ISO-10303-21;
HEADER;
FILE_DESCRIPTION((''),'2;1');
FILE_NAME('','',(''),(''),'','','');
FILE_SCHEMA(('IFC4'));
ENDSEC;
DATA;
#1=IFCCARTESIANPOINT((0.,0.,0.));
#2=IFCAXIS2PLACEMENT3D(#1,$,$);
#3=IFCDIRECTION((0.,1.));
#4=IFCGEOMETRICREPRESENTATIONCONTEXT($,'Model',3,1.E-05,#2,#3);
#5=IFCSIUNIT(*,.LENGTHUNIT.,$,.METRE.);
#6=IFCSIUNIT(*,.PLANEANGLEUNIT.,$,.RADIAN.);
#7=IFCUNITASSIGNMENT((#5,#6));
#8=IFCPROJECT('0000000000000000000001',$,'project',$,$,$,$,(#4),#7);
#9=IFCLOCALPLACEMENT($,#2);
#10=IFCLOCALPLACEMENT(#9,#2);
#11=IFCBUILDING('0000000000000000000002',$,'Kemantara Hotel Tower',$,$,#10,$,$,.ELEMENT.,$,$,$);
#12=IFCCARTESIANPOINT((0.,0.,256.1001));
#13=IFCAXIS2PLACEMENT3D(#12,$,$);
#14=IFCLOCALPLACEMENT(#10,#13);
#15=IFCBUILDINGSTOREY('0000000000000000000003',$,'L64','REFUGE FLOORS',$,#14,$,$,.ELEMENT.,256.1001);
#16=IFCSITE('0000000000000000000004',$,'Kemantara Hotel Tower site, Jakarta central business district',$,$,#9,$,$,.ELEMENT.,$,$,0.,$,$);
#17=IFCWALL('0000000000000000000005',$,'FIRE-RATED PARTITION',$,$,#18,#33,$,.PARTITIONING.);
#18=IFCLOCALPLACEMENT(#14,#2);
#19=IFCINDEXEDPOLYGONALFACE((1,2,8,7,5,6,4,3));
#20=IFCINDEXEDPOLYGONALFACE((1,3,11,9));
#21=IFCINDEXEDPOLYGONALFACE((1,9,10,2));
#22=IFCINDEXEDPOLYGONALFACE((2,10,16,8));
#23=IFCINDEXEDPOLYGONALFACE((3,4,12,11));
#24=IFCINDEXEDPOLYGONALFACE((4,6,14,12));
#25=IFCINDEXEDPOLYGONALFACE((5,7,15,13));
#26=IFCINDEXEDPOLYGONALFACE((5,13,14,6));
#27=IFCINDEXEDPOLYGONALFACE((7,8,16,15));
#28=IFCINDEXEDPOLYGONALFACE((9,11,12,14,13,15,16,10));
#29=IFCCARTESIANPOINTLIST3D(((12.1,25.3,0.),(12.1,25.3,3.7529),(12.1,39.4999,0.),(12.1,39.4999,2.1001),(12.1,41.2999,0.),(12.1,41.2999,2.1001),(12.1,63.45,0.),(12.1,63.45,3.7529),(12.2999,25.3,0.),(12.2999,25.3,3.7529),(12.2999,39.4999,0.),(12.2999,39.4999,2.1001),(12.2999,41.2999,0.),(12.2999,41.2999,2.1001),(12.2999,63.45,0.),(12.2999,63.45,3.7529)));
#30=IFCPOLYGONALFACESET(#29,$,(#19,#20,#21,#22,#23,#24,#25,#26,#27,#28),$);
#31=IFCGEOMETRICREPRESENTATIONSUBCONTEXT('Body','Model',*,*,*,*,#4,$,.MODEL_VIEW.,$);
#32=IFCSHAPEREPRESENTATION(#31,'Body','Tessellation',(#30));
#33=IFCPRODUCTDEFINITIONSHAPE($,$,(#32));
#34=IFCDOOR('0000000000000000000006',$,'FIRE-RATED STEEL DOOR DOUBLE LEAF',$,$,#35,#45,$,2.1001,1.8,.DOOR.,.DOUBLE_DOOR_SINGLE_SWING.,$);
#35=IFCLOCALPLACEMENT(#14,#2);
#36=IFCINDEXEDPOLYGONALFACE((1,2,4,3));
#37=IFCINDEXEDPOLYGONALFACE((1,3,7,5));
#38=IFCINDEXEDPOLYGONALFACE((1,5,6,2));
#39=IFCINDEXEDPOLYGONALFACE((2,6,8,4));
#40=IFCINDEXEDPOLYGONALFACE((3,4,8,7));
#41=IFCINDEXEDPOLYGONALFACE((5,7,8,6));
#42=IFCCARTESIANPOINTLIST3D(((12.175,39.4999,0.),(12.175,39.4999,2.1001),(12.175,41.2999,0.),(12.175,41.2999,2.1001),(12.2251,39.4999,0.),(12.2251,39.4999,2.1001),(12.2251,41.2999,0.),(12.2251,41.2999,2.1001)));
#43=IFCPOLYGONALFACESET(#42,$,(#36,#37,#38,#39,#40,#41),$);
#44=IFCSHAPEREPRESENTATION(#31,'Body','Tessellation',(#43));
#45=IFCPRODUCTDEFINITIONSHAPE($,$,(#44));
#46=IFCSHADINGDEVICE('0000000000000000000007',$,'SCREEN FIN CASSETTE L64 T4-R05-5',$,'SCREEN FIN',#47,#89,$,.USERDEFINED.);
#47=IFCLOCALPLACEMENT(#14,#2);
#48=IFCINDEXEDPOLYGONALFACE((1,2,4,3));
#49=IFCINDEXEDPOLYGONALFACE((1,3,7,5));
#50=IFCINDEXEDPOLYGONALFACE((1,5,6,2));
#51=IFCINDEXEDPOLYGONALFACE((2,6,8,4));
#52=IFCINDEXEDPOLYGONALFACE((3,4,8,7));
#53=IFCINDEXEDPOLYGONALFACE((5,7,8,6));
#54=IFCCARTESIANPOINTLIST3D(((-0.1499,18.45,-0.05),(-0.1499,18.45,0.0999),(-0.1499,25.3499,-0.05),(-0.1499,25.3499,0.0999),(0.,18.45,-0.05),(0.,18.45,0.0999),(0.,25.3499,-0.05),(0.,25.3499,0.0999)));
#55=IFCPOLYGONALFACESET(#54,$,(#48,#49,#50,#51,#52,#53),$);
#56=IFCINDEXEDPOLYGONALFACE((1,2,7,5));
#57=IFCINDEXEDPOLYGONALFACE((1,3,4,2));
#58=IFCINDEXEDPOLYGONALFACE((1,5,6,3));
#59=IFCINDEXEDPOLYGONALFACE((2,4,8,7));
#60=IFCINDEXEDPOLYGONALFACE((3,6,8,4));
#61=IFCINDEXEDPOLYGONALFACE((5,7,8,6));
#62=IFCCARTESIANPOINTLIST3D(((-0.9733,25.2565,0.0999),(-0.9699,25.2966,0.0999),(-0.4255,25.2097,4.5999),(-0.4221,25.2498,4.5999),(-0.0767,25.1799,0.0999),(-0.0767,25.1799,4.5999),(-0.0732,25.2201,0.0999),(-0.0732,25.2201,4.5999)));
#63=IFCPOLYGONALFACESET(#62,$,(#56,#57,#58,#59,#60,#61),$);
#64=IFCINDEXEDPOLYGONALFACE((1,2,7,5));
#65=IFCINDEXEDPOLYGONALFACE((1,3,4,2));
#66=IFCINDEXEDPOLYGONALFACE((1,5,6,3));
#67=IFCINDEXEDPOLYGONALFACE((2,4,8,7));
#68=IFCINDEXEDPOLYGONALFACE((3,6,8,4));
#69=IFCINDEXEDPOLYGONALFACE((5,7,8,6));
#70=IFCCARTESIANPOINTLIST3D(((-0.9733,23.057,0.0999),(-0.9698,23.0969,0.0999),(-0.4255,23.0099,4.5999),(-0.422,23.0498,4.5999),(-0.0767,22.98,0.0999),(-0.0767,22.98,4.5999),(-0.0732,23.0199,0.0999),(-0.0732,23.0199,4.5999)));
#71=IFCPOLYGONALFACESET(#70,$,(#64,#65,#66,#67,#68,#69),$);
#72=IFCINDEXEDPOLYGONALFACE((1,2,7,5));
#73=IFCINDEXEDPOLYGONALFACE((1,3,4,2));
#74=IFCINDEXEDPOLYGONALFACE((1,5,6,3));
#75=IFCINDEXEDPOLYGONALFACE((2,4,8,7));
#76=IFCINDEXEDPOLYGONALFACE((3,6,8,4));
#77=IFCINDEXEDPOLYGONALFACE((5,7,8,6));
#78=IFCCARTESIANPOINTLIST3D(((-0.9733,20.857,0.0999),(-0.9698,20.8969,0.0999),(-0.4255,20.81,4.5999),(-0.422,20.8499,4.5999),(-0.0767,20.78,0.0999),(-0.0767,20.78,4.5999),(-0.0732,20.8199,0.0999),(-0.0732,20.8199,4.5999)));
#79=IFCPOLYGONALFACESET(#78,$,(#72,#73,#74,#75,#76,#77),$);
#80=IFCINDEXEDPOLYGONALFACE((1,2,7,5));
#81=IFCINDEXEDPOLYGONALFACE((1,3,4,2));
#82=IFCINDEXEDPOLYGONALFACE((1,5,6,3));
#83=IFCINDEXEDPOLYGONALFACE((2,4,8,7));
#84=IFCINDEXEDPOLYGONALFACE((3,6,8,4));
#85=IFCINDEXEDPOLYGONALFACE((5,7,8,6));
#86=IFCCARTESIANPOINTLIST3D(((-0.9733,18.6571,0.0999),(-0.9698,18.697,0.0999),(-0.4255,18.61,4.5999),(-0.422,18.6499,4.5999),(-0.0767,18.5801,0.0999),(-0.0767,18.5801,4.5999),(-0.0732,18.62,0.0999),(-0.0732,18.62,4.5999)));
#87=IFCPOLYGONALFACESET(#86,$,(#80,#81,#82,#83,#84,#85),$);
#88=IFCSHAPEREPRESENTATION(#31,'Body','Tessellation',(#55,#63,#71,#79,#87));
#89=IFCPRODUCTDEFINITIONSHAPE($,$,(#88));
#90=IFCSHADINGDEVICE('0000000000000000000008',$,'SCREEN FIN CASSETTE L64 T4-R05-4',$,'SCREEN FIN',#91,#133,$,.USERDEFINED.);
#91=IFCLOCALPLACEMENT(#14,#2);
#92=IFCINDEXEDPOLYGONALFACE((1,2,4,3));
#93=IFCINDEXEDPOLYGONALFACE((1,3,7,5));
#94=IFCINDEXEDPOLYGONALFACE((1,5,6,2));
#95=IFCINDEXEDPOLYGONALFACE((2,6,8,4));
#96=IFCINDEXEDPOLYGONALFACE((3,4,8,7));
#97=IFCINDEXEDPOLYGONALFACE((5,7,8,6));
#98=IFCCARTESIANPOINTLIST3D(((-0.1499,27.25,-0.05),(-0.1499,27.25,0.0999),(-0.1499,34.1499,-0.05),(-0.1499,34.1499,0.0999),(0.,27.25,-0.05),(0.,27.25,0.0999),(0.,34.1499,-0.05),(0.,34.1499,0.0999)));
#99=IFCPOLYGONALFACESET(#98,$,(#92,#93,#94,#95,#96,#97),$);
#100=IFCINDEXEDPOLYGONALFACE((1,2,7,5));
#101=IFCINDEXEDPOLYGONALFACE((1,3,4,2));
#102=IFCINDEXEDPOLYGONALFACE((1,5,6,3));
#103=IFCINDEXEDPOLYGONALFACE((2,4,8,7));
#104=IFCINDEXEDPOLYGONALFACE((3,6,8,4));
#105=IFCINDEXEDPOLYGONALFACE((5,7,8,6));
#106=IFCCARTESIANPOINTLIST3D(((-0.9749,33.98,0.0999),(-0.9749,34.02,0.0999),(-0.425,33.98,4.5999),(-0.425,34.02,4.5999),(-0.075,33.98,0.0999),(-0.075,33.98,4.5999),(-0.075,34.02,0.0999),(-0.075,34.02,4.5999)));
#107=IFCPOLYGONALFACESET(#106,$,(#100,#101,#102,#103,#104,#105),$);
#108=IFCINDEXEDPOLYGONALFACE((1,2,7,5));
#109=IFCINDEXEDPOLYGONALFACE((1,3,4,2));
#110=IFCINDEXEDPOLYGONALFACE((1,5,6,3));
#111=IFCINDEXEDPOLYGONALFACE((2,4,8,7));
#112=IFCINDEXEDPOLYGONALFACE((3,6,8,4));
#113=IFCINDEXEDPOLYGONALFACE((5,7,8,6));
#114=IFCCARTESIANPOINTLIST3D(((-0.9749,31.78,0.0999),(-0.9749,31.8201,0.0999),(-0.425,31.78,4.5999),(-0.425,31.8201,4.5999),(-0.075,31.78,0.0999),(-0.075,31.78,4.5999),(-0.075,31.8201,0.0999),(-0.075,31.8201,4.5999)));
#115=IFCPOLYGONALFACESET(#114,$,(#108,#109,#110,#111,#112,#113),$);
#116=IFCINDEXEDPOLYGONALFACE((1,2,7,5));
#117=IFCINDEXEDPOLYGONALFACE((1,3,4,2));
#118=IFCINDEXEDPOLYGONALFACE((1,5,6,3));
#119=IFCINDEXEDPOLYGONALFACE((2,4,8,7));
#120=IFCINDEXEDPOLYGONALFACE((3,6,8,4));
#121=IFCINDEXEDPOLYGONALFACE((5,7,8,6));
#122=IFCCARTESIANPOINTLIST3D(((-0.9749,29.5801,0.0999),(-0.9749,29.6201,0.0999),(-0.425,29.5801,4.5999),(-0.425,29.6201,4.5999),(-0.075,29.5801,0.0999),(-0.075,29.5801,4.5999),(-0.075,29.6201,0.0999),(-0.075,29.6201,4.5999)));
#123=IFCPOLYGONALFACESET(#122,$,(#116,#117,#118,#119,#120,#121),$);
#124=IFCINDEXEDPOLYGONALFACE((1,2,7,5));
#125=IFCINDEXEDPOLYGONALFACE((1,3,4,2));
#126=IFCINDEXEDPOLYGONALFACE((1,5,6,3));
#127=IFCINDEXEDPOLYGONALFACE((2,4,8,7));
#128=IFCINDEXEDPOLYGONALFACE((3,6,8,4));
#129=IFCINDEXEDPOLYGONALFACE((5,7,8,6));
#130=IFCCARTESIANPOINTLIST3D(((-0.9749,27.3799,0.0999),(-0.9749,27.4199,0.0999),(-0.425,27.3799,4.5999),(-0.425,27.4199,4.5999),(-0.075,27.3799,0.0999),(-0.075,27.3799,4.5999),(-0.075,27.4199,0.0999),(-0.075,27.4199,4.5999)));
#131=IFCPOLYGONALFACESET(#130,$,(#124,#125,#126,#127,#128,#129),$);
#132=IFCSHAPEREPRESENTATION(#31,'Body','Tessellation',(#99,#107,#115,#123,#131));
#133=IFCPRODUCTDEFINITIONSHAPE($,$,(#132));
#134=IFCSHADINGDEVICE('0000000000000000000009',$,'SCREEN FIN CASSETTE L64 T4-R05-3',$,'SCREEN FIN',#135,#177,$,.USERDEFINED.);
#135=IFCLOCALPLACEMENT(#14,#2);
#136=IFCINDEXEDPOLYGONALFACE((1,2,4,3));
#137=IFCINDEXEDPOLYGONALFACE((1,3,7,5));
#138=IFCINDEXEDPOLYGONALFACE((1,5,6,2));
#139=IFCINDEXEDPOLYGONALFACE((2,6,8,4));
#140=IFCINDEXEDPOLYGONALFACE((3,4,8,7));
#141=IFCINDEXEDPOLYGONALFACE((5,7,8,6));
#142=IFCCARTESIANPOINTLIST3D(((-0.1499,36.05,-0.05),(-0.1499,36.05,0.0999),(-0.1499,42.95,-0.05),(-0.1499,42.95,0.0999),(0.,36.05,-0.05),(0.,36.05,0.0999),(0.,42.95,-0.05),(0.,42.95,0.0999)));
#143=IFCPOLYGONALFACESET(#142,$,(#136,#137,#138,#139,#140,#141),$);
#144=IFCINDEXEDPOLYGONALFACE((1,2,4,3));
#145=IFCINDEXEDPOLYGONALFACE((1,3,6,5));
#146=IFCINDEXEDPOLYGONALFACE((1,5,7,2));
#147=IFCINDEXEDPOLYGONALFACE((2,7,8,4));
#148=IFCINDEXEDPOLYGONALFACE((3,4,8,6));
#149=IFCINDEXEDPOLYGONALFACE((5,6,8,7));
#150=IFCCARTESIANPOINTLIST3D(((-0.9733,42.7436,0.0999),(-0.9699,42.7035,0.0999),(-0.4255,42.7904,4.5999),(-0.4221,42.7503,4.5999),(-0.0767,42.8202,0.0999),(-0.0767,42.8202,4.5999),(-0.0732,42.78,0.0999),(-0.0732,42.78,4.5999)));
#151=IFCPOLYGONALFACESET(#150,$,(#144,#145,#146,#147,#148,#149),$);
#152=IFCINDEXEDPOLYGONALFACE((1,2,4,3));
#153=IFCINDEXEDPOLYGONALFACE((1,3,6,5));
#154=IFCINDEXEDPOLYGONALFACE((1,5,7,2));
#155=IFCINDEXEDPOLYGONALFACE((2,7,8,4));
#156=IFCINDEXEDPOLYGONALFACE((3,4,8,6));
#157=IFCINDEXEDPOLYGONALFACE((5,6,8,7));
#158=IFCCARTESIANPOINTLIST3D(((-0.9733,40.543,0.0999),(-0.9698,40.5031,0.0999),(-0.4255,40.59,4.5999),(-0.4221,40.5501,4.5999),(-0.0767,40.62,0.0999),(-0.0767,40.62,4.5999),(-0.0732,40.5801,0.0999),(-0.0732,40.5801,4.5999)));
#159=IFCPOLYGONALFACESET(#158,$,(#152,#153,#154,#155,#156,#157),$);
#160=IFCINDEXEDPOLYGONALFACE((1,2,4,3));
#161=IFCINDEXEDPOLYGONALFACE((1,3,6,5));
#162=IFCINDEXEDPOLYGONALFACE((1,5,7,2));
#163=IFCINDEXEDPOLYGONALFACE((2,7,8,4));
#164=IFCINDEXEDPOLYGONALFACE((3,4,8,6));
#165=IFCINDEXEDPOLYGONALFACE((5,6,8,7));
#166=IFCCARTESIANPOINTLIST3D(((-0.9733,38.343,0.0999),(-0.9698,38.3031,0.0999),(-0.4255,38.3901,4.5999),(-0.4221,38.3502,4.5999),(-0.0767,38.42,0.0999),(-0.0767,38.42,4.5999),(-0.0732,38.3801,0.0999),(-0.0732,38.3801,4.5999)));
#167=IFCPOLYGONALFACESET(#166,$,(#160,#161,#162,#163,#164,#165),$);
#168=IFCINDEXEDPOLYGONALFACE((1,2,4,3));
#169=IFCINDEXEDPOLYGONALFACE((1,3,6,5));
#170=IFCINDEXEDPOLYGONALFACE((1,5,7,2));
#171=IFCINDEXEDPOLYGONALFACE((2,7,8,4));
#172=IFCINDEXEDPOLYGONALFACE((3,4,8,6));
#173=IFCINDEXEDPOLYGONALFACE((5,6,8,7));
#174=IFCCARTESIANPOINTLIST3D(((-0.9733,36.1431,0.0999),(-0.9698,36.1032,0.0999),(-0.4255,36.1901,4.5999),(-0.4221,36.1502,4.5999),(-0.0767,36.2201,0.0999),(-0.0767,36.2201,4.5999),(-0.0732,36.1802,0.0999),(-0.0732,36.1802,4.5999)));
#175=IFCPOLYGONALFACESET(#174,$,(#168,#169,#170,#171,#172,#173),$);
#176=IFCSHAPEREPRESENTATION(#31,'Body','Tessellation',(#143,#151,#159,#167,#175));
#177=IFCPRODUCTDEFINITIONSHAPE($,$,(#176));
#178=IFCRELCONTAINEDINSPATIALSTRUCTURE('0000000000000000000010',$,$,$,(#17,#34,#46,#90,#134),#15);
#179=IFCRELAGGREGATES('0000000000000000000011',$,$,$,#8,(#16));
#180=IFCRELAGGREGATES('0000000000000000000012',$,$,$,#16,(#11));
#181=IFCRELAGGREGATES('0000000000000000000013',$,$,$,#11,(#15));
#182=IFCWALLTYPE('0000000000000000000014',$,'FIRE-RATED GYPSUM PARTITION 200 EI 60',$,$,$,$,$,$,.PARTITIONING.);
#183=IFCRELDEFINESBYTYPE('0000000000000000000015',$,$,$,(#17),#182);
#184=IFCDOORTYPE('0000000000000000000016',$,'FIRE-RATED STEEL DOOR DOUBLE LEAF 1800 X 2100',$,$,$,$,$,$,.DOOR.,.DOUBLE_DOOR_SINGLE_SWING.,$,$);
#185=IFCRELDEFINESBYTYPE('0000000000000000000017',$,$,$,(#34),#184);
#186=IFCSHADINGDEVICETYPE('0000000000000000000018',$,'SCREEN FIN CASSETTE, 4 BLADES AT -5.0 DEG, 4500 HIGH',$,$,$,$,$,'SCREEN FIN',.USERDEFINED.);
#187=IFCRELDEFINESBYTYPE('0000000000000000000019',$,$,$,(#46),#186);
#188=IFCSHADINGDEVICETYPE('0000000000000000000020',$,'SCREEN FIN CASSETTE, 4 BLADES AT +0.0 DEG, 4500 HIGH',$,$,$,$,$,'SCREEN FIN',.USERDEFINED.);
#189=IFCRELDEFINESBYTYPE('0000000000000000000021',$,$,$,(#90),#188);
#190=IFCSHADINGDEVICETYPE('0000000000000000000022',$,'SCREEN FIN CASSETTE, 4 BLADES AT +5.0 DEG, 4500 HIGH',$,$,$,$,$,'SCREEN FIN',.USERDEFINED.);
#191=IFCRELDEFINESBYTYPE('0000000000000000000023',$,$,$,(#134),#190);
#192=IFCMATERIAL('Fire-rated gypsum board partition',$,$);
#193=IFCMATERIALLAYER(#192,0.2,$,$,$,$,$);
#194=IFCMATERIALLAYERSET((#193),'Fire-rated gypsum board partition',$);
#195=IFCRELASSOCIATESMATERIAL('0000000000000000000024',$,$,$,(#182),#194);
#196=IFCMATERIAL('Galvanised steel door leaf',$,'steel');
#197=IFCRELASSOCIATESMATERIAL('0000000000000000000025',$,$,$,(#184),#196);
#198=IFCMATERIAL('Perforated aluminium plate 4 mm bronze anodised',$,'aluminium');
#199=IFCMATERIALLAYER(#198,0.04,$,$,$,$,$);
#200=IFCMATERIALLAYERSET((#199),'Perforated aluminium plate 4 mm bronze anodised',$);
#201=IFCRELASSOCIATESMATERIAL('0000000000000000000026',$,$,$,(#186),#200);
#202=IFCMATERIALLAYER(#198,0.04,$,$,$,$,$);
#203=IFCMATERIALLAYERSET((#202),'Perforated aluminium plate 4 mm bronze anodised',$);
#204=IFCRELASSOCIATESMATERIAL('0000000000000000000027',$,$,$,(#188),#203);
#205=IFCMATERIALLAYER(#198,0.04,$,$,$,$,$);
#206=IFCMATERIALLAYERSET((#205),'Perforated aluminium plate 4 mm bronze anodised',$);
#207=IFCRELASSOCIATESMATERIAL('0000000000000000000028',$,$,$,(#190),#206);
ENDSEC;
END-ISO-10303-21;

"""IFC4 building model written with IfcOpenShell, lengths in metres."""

from ifc_helpers import new_model, si_unit, direction, frame, frame_2d, origin, origin_2d, place, context, subcontext, project, spatial, polyline, rectangle, outline, extrude, source, transform, mapped, material, layer, layer_set, type_object, element, fill, save


model = new_model("IFC4")

# Units and contexts
model_context = context("Model", 3, precision=1e-05, world=origin(), true_north=direction((0.0, 1.0)))
body_context = subcontext(model_context, "Body", "Model", "MODEL_VIEW")
ifc_project = project(units=[si_unit("LENGTHUNIT", "METRE"), si_unit("PLANEANGLEUNIT", "RADIAN")], contexts=[model_context])

# Site, building, storey
site_placement = place(None, origin())
site = spatial("IfcSite", under=ifc_project, at=site_placement, Name="Kemantara Hotel Tower site, Jakarta central business district", CompositionType="ELEMENT", RefElevation=0.0)
building_placement = place(site_placement, origin())
building = spatial("IfcBuilding", under=site, at=building_placement, Name="Kemantara Hotel Tower", CompositionType="ELEMENT")
storey_placement = place(building_placement, frame((0.0, 0.0, 256.1001)))
storey = spatial("IfcBuildingStorey", under=building, at=storey_placement, Name="L64", Description="REFUGE FLOORS", CompositionType="ELEMENT", Elevation=256.1001)

# Shared definitions
ifc_material_1 = material(Name="Fire-rated gypsum board partition")
ifc_layer_1 = layer(ifc_material_1, 0.2)
ifc_layer_set_1 = layer_set([ifc_layer_1], Name="Fire-rated gypsum board partition")
wall_type_1 = type_object("IfcWallType", Name="FIRE-RATED GYPSUM PARTITION 200 EI 60", PredefinedType="PARTITIONING", material=ifc_layer_set_1)

# Wall, opening, door
wall_1_placement = place(storey_placement, frame((12.2, 25.3, 0.0), z_axis=(0.0, 0.0, 1.0), x_axis=(0.0, 1.0, 0.0)))
wall_1 = element("IfcWall", 1, at=wall_1_placement, inside=storey, type_object=wall_type_1, Name="FIRE-RATED PARTITION", PredefinedType="PARTITIONING", context=body_context, shape_type="SweptSolid", body=[
    extrude(rectangle(XDim=38.1499, YDim=0.2, at=frame_2d((19.075, 0.0))), origin(), (0.0, 0.0, 1.0), 3.7529),
])
opening_placement = place(wall_1_placement, frame((14.2, 0.0, 0.0)))
opening = element("IfcOpeningElement", 2, at=opening_placement, cuts=wall_1, PredefinedType="OPENING", context=body_context, shape_type="SweptSolid", body=[
    extrude(rectangle(XDim=1.8, YDim=2.1001, at=frame_2d((0.8999, 1.05))), frame((0.0, 0.1099, 0.0), z_axis=(0.0, -1.0, 0.0), x_axis=(1.0, 0.0, 0.0)), (0.0, 0.0, 1.0), 0.22),
])
ifc_material_2 = material(Name="Galvanised steel door leaf", Category="steel")
door_type = type_object("IfcDoorType", Name="FIRE-RATED STEEL DOOR DOUBLE LEAF 1800 X 2100", OperationType="DOUBLE_DOOR_SINGLE_SWING", PredefinedType="DOOR", material=ifc_material_2)
door_placement = place(opening_placement, origin())
door = element("IfcDoor", 3, at=door_placement, inside=storey, type_object=door_type, Name="FIRE-RATED STEEL DOOR DOUBLE LEAF", OperationType="DOUBLE_DOOR_SINGLE_SWING", OverallHeight=2.1001, OverallWidth=1.8, PredefinedType="DOOR", context=body_context, shape_type="SweptSolid", body=[
    extrude(rectangle(XDim=1.8, YDim=2.1001, at=frame_2d((0.8999, 1.05))), frame((0.0, 0.0249, 0.0), z_axis=(0.0, -1.0, 0.0), x_axis=(1.0, 0.0, 0.0)), (0.0, 0.0, 1.0), 0.05),
])
fill(opening, door)

# Shading devices
ifc_material_3 = material(Name="Perforated aluminium plate 4 mm bronze anodised", Category="aluminium")
ifc_layer_2 = layer(ifc_material_3, 0.04)
ifc_layer_set_2 = layer_set([ifc_layer_2], Name="Perforated aluminium plate 4 mm bronze anodised")
shading_device_type_1 = type_object("IfcShadingDeviceType", Name="SCREEN FIN CASSETTE, 4 BLADES AT -5.0 DEG, 4500 HIGH", ElementType="SCREEN FIN", PredefinedType="USERDEFINED", material=ifc_layer_set_2)
shared_shape_1 = source(origin(), body_context, "Body", "SweptSolid", [
    extrude(rectangle(XDim=6.8999, YDim=0.1499, at=origin_2d()), frame((3.3, -0.075, -0.1499), z_axis=(0.0, 0.0, 1.0), x_axis=(1.0, 0.0, 0.0)), (0.0, 0.0, 1.0), 0.1499),
    extrude(outline(polyline([(0.0, 0.0), (0.8999, 0.0), (0.3501, 4.5), (0.0, 4.5), (0.0, 0.0)])), frame((0.02, -0.0767, 0.0), z_axis=(-0.996376, 0.085056, 0.0), x_axis=(-0.085056, -0.996376, 0.0)), (0.0, 0.0, 1.0), 0.0403),
    extrude(outline(polyline([(0.0, 0.0), (0.8999, 0.0), (0.3501, 4.5), (0.0, 4.5), (0.0, 0.0)])), frame((2.22, -0.0767, 0.0), z_axis=(-0.996332, 0.085575, 0.0), x_axis=(-0.085575, -0.996332, 0.0)), (0.0, 0.0, 1.0), 0.04),
    extrude(outline(polyline([(0.0, 0.0), (0.8999, 0.0), (0.3501, 4.5), (0.0, 4.5), (0.0, 0.0)])), frame((4.4199, -0.0767, 0.0), z_axis=(-0.996332, 0.085575, 0.0), x_axis=(-0.085575, -0.996332, 0.0)), (0.0, 0.0, 1.0), 0.04),
    extrude(outline(polyline([(0.0, 0.0), (0.8999, 0.0), (0.3501, 4.5), (0.0, 4.5), (0.0, 0.0)])), frame((6.6199, -0.0767, 0.0), z_axis=(-0.996332, 0.085575, 0.0), x_axis=(-0.085575, -0.996332, 0.0)), (0.0, 0.0, 1.0), 0.04),
])
shading_device_1_placement = place(storey_placement, frame((0.0, 25.2, 0.0999), z_axis=(0.0, 0.0, 1.0), x_axis=(0.0, -1.0, 0.0)))
element("IfcShadingDevice", 4, at=shading_device_1_placement, inside=storey, type_object=shading_device_type_1, Name="SCREEN FIN CASSETTE L64 T4-R05-5", ObjectType="SCREEN FIN", PredefinedType="USERDEFINED", context=body_context, shape_type="MappedRepresentation", body=[
    mapped(shared_shape_1, transform((0.0, 0.0, 0.0))),
])
ifc_layer_3 = layer(ifc_material_3, 0.04)
ifc_layer_set_3 = layer_set([ifc_layer_3], Name="Perforated aluminium plate 4 mm bronze anodised")
shading_device_type_2 = type_object("IfcShadingDeviceType", Name="SCREEN FIN CASSETTE, 4 BLADES AT +0.0 DEG, 4500 HIGH", ElementType="SCREEN FIN", PredefinedType="USERDEFINED", material=ifc_layer_set_3)
shared_shape_2 = source(origin(), body_context, "Body", "SweptSolid", [
    extrude(rectangle(XDim=6.8999, YDim=0.1499, at=origin_2d()), frame((3.3, -0.075, -0.1499), z_axis=(0.0, 0.0, 1.0), x_axis=(1.0, 0.0, 0.0)), (0.0, 0.0, 1.0), 0.1499),
    extrude(outline(polyline([(0.0, 0.0), (0.8999, 0.0), (0.3501, 4.5), (0.0, 4.5), (0.0, 0.0)])), frame((0.02, -0.075, 0.0), z_axis=(-1.0, 0.0, 0.0), x_axis=(0.0, -1.0, 0.0)), (0.0, 0.0, 1.0), 0.04),
    extrude(outline(polyline([(0.0, 0.0), (0.8999, 0.0), (0.3501, 4.5), (0.0, 4.5), (0.0, 0.0)])), frame((2.22, -0.075, 0.0), z_axis=(-1.0, 0.0, 0.0), x_axis=(0.0, -1.0, 0.0)), (0.0, 0.0, 1.0), 0.04),
    extrude(outline(polyline([(0.0, 0.0), (0.8999, 0.0), (0.3501, 4.5), (0.0, 4.5), (0.0, 0.0)])), frame((4.4199, -0.075, 0.0), z_axis=(-1.0, 0.0, 0.0), x_axis=(0.0, -1.0, 0.0)), (0.0, 0.0, 1.0), 0.04),
    extrude(outline(polyline([(0.0, 0.0), (0.8999, 0.0), (0.3501, 4.5), (0.0, 4.5), (0.0, 0.0)])), frame((6.6201, -0.075, 0.0), z_axis=(-1.0, 0.0, 0.0), x_axis=(0.0, -1.0, 0.0)), (0.0, 0.0, 1.0), 0.04),
])
shading_device_2_placement = place(storey_placement, frame((0.0, 34.0, 0.0999), z_axis=(0.0, 0.0, 1.0), x_axis=(0.0, -1.0, 0.0)))
element("IfcShadingDevice", 5, at=shading_device_2_placement, inside=storey, type_object=shading_device_type_2, Name="SCREEN FIN CASSETTE L64 T4-R05-4", ObjectType="SCREEN FIN", PredefinedType="USERDEFINED", context=body_context, shape_type="MappedRepresentation", body=[
    mapped(shared_shape_2, transform((0.0, 0.0, 0.0))),
])
ifc_layer_4 = layer(ifc_material_3, 0.04)
ifc_layer_set_4 = layer_set([ifc_layer_4], Name="Perforated aluminium plate 4 mm bronze anodised")
shading_device_type_3 = type_object("IfcShadingDeviceType", Name="SCREEN FIN CASSETTE, 4 BLADES AT +5.0 DEG, 4500 HIGH", ElementType="SCREEN FIN", PredefinedType="USERDEFINED", material=ifc_layer_set_4)
shared_shape_3 = source(origin(), body_context, "Body", "SweptSolid", [
    extrude(rectangle(XDim=6.8999, YDim=0.1499, at=origin_2d()), frame((3.3, -0.075, -0.1499), z_axis=(0.0, 0.0, 1.0), x_axis=(1.0, 0.0, 0.0)), (0.0, 0.0, 1.0), 0.1499),
    extrude(outline(polyline([(0.0, 0.0), (0.8999, 0.0), (0.3501, 4.5), (0.0, 4.5), (0.0, 0.0)])), frame((0.02, -0.0732, 0.0), z_axis=(-0.996376, -0.085056, 0.0), x_axis=(0.085056, -0.996376, 0.0)), (0.0, 0.0, 1.0), 0.0403),
    extrude(outline(polyline([(0.0, 0.0), (0.8999, 0.0), (0.3501, 4.5), (0.0, 4.5), (0.0, 0.0)])), frame((2.22, -0.0732, 0.0), z_axis=(-0.996332, -0.085575, 0.0), x_axis=(0.085575, -0.996332, 0.0)), (0.0, 0.0, 1.0), 0.04),
    extrude(outline(polyline([(0.0, 0.0), (0.8999, 0.0), (0.3501, 4.5), (0.0, 4.5), (0.0, 0.0)])), frame((4.4199, -0.0732, 0.0), z_axis=(-0.996332, -0.085575, 0.0), x_axis=(0.085575, -0.996332, 0.0)), (0.0, 0.0, 1.0), 0.04),
    extrude(outline(polyline([(0.0, 0.0), (0.8999, 0.0), (0.3501, 4.5), (0.0, 4.5), (0.0, 0.0)])), frame((6.6199, -0.0732, 0.0), z_axis=(-0.996332, -0.085575, 0.0), x_axis=(0.085575, -0.996332, 0.0)), (0.0, 0.0, 1.0), 0.04),
])
shading_device_3_placement = place(storey_placement, frame((0.0, 42.8, 0.0999), z_axis=(0.0, 0.0, 1.0), x_axis=(0.0, -1.0, 0.0)))
element("IfcShadingDevice", 6, at=shading_device_3_placement, inside=storey, type_object=shading_device_type_3, Name="SCREEN FIN CASSETTE L64 T4-R05-3", ObjectType="SCREEN FIN", PredefinedType="USERDEFINED", context=body_context, shape_type="MappedRepresentation", body=[
    mapped(shared_shape_3, transform((0.0, 0.0, 0.0))),
])

save(model, "model.ifc")
